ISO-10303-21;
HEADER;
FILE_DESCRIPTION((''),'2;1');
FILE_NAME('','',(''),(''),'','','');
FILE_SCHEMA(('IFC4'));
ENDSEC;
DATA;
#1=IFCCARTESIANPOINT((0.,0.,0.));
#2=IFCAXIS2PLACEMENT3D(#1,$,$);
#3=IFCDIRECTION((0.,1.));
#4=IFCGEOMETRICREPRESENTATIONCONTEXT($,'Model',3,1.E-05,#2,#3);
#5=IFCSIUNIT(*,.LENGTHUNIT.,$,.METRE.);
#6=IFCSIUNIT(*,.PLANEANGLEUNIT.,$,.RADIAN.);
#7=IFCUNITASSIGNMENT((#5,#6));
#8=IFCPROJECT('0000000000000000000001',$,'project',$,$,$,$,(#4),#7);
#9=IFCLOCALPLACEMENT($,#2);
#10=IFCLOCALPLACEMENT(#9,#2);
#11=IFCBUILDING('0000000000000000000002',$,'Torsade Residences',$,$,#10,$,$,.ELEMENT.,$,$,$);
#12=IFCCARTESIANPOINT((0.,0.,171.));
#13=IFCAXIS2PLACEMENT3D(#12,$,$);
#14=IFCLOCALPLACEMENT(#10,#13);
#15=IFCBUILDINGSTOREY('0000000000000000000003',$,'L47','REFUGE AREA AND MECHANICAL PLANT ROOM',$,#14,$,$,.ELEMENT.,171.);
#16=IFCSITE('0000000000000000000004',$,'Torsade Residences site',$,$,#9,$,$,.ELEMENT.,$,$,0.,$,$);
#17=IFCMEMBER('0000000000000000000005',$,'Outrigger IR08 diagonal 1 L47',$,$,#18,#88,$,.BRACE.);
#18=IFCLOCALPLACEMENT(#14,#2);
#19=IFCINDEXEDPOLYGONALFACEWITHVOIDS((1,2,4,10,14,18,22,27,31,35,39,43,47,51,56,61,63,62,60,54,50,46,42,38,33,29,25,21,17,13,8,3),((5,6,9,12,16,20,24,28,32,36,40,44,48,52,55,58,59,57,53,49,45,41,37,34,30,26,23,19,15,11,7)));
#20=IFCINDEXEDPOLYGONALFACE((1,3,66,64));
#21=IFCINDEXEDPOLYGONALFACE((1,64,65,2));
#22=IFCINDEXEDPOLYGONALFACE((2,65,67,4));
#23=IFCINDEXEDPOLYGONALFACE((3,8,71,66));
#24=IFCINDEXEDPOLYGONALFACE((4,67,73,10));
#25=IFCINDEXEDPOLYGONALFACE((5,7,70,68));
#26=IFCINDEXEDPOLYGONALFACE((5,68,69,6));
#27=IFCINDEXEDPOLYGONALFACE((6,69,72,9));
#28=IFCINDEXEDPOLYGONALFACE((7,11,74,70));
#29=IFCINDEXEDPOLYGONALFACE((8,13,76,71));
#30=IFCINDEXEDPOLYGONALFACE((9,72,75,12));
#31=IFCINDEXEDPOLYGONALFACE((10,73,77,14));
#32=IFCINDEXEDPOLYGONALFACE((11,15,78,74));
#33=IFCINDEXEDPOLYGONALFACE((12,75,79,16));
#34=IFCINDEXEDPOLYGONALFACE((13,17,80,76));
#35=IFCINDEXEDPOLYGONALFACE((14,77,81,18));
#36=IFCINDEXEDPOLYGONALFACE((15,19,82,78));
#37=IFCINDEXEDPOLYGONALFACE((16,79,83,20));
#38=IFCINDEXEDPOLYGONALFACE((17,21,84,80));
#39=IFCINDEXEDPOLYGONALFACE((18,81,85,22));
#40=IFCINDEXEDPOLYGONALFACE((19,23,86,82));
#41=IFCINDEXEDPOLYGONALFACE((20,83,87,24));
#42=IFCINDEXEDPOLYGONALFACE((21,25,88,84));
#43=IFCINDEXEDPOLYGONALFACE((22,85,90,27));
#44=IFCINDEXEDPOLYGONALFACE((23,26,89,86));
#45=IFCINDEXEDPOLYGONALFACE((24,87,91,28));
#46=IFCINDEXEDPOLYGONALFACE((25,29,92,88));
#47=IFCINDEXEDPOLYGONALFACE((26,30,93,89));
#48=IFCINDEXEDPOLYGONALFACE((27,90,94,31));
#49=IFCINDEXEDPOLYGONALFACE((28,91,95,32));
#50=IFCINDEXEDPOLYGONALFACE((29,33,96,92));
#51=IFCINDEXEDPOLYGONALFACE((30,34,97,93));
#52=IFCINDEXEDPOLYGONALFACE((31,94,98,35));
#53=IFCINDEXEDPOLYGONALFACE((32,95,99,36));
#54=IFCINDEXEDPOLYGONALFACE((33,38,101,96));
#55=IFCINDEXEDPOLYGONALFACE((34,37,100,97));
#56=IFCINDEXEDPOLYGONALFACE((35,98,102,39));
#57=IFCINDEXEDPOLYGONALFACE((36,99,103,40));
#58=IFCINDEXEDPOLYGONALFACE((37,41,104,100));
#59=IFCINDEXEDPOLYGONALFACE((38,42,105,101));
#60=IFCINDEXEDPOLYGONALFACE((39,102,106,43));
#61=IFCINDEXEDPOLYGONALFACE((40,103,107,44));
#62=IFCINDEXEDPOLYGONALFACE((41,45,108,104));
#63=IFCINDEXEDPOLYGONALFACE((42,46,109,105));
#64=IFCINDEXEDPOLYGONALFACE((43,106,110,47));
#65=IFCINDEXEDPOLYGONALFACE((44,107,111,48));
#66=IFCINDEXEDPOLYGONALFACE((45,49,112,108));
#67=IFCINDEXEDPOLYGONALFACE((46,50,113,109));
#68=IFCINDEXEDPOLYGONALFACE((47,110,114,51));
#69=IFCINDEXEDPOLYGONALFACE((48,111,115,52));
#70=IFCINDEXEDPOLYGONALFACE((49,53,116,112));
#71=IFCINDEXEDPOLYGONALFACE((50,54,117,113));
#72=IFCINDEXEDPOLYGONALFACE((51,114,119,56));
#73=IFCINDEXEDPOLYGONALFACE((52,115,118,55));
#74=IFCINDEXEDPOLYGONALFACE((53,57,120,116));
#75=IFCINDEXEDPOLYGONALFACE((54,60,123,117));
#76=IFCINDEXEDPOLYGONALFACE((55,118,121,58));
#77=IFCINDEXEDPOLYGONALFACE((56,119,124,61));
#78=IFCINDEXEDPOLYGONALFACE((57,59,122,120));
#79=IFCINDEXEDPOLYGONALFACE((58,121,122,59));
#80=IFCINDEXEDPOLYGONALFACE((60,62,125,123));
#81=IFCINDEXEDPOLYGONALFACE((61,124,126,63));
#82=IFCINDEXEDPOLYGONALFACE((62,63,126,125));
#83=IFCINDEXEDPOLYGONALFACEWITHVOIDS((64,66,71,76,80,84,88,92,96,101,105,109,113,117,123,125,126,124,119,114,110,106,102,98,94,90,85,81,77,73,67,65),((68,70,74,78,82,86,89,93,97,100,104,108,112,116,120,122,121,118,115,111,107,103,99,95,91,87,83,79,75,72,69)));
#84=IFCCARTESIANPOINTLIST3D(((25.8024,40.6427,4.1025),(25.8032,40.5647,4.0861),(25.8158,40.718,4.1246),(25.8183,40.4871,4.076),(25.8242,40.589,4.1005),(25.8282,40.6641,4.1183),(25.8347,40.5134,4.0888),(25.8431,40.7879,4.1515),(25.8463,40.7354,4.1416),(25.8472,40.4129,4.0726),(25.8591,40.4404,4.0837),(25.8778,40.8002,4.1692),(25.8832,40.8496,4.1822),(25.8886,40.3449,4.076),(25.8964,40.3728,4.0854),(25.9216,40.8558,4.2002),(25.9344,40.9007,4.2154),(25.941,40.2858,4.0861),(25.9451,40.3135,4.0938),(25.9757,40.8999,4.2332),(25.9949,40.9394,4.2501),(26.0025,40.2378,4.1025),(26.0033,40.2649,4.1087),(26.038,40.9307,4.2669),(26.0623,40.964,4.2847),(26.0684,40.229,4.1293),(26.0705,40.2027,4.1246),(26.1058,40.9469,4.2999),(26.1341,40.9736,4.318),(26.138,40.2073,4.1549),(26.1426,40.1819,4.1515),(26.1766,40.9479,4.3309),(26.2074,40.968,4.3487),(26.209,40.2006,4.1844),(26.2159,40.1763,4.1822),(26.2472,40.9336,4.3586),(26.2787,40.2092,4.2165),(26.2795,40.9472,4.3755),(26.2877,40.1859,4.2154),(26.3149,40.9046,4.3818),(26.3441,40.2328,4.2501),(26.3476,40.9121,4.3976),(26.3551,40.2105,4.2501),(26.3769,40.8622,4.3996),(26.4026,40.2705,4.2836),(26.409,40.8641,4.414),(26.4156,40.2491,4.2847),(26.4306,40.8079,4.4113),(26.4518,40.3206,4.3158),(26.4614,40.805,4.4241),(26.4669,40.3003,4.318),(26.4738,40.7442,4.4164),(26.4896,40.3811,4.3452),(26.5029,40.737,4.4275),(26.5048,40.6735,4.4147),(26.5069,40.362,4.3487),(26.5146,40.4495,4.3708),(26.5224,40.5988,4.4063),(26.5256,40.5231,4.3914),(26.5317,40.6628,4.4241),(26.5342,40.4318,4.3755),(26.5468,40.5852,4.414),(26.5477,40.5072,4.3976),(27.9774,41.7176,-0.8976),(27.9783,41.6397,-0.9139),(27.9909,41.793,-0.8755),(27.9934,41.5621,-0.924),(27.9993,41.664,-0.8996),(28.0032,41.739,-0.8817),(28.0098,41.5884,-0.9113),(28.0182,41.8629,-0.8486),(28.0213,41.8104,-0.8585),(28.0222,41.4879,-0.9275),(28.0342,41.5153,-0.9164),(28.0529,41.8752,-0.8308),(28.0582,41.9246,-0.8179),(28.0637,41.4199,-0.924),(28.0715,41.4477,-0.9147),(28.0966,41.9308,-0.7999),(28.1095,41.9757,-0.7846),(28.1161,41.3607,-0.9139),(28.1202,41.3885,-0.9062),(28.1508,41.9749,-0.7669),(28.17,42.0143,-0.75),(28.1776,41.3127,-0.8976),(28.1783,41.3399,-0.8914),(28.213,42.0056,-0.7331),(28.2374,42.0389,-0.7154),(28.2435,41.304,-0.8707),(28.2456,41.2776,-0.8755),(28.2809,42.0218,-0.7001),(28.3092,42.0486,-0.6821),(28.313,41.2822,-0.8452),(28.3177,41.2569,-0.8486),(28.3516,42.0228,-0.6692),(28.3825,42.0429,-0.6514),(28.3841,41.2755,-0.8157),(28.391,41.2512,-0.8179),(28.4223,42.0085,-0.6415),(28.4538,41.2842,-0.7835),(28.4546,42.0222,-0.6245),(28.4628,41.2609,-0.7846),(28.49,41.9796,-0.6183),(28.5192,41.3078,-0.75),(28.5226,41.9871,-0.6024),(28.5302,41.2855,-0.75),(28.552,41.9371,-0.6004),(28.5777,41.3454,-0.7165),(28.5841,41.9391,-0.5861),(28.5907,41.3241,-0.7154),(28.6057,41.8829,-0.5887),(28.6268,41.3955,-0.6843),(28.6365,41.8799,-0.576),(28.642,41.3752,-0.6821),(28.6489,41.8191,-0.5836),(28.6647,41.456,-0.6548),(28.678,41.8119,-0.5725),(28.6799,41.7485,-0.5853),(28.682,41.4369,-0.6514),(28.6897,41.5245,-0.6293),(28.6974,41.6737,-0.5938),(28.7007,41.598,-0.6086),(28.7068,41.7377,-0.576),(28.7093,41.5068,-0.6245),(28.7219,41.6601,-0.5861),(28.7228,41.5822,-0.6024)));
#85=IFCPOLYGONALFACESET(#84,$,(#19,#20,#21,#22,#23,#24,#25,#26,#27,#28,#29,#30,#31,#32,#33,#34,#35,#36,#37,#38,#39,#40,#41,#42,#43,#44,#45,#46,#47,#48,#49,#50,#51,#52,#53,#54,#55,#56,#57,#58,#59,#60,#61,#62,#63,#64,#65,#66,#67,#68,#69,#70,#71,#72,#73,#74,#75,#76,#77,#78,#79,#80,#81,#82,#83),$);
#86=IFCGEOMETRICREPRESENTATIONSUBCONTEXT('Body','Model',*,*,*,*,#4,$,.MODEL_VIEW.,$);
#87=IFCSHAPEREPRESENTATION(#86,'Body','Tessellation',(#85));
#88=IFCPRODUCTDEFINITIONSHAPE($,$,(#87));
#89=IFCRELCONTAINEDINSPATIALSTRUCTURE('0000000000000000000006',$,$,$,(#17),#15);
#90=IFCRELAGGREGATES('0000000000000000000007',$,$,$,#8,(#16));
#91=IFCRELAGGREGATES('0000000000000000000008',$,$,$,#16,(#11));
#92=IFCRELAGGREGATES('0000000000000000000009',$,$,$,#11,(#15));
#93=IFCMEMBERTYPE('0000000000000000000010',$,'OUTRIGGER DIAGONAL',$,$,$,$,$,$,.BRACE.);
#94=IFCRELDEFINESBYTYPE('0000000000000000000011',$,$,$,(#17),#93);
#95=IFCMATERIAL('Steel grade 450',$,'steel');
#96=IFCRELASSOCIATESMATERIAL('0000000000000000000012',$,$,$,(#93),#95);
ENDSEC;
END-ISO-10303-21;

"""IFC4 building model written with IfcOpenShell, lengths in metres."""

from ifc_helpers import new_model, si_unit, direction, frame, origin, origin_2d, place, context, subcontext, project, spatial, hollow_circle, extrude, material, material_profile, profile_set, type_object, element, save


model = new_model("IFC4")

# Units and contexts
model_context = context("Model", 3, precision=1e-05, world=origin(), true_north=direction((0.0, 1.0)))
body_context = subcontext(model_context, "Body", "Model", "MODEL_VIEW")
ifc_project = project(units=[si_unit("LENGTHUNIT", "METRE"), si_unit("PLANEANGLEUNIT", "RADIAN")], contexts=[model_context])

# Site, building, storey
site_placement = place(None, origin())
site = spatial("IfcSite", under=ifc_project, at=site_placement, Name="Torsade Residences site", CompositionType="ELEMENT", RefElevation=0.0)
building_placement = place(site_placement, origin())
building = spatial("IfcBuilding", under=site, at=building_placement, Name="Torsade Residences", CompositionType="ELEMENT")
storey_placement = place(building_placement, frame((0.0, 0.0, 171.0)))
storey = spatial("IfcBuildingStorey", under=building, at=storey_placement, Name="L47", Description="REFUGE AREA AND MECHANICAL PLANT ROOM", CompositionType="ELEMENT", Elevation=171.0)

# Member
ifc_material_1 = material(Name="Steel grade 450", Category="steel")
ifc_material_profile_1 = material_profile(ifc_material_1, hollow_circle(Radius=0.4065, WallThickness=0.0249, at=origin_2d()), Name="813.0x25.0CHS")
ifc_profile_set_1 = profile_set([ifc_material_profile_1], Name="Steel grade 450")
member_type_1 = type_object("IfcMemberType", Name="OUTRIGGER DIAGONAL", PredefinedType="BRACE", material=ifc_profile_set_1)
for number, where, z_axis, x_axis, name in (
    (1, (28.3501, 41.6499, -0.75), (-0.391368, -0.193422, 0.899677), (0.443063, -0.896491, 0.0), "Outrigger IR08 diagonal 1 L47"),
):
    element("IfcMember", number, at=place(storey_placement, frame(where, z_axis=z_axis, x_axis=x_axis)), inside=storey, type_object=member_type_1, Name=name, PredefinedType="BRACE", context=body_context, shape_type="SweptSolid", body=[
        extrude(hollow_circle(Radius=0.4065, WallThickness=0.0249, at=origin_2d()), origin(), (0.0, 0.0, 1.0), 5.5576),
    ])

save(model, "model.ifc")
